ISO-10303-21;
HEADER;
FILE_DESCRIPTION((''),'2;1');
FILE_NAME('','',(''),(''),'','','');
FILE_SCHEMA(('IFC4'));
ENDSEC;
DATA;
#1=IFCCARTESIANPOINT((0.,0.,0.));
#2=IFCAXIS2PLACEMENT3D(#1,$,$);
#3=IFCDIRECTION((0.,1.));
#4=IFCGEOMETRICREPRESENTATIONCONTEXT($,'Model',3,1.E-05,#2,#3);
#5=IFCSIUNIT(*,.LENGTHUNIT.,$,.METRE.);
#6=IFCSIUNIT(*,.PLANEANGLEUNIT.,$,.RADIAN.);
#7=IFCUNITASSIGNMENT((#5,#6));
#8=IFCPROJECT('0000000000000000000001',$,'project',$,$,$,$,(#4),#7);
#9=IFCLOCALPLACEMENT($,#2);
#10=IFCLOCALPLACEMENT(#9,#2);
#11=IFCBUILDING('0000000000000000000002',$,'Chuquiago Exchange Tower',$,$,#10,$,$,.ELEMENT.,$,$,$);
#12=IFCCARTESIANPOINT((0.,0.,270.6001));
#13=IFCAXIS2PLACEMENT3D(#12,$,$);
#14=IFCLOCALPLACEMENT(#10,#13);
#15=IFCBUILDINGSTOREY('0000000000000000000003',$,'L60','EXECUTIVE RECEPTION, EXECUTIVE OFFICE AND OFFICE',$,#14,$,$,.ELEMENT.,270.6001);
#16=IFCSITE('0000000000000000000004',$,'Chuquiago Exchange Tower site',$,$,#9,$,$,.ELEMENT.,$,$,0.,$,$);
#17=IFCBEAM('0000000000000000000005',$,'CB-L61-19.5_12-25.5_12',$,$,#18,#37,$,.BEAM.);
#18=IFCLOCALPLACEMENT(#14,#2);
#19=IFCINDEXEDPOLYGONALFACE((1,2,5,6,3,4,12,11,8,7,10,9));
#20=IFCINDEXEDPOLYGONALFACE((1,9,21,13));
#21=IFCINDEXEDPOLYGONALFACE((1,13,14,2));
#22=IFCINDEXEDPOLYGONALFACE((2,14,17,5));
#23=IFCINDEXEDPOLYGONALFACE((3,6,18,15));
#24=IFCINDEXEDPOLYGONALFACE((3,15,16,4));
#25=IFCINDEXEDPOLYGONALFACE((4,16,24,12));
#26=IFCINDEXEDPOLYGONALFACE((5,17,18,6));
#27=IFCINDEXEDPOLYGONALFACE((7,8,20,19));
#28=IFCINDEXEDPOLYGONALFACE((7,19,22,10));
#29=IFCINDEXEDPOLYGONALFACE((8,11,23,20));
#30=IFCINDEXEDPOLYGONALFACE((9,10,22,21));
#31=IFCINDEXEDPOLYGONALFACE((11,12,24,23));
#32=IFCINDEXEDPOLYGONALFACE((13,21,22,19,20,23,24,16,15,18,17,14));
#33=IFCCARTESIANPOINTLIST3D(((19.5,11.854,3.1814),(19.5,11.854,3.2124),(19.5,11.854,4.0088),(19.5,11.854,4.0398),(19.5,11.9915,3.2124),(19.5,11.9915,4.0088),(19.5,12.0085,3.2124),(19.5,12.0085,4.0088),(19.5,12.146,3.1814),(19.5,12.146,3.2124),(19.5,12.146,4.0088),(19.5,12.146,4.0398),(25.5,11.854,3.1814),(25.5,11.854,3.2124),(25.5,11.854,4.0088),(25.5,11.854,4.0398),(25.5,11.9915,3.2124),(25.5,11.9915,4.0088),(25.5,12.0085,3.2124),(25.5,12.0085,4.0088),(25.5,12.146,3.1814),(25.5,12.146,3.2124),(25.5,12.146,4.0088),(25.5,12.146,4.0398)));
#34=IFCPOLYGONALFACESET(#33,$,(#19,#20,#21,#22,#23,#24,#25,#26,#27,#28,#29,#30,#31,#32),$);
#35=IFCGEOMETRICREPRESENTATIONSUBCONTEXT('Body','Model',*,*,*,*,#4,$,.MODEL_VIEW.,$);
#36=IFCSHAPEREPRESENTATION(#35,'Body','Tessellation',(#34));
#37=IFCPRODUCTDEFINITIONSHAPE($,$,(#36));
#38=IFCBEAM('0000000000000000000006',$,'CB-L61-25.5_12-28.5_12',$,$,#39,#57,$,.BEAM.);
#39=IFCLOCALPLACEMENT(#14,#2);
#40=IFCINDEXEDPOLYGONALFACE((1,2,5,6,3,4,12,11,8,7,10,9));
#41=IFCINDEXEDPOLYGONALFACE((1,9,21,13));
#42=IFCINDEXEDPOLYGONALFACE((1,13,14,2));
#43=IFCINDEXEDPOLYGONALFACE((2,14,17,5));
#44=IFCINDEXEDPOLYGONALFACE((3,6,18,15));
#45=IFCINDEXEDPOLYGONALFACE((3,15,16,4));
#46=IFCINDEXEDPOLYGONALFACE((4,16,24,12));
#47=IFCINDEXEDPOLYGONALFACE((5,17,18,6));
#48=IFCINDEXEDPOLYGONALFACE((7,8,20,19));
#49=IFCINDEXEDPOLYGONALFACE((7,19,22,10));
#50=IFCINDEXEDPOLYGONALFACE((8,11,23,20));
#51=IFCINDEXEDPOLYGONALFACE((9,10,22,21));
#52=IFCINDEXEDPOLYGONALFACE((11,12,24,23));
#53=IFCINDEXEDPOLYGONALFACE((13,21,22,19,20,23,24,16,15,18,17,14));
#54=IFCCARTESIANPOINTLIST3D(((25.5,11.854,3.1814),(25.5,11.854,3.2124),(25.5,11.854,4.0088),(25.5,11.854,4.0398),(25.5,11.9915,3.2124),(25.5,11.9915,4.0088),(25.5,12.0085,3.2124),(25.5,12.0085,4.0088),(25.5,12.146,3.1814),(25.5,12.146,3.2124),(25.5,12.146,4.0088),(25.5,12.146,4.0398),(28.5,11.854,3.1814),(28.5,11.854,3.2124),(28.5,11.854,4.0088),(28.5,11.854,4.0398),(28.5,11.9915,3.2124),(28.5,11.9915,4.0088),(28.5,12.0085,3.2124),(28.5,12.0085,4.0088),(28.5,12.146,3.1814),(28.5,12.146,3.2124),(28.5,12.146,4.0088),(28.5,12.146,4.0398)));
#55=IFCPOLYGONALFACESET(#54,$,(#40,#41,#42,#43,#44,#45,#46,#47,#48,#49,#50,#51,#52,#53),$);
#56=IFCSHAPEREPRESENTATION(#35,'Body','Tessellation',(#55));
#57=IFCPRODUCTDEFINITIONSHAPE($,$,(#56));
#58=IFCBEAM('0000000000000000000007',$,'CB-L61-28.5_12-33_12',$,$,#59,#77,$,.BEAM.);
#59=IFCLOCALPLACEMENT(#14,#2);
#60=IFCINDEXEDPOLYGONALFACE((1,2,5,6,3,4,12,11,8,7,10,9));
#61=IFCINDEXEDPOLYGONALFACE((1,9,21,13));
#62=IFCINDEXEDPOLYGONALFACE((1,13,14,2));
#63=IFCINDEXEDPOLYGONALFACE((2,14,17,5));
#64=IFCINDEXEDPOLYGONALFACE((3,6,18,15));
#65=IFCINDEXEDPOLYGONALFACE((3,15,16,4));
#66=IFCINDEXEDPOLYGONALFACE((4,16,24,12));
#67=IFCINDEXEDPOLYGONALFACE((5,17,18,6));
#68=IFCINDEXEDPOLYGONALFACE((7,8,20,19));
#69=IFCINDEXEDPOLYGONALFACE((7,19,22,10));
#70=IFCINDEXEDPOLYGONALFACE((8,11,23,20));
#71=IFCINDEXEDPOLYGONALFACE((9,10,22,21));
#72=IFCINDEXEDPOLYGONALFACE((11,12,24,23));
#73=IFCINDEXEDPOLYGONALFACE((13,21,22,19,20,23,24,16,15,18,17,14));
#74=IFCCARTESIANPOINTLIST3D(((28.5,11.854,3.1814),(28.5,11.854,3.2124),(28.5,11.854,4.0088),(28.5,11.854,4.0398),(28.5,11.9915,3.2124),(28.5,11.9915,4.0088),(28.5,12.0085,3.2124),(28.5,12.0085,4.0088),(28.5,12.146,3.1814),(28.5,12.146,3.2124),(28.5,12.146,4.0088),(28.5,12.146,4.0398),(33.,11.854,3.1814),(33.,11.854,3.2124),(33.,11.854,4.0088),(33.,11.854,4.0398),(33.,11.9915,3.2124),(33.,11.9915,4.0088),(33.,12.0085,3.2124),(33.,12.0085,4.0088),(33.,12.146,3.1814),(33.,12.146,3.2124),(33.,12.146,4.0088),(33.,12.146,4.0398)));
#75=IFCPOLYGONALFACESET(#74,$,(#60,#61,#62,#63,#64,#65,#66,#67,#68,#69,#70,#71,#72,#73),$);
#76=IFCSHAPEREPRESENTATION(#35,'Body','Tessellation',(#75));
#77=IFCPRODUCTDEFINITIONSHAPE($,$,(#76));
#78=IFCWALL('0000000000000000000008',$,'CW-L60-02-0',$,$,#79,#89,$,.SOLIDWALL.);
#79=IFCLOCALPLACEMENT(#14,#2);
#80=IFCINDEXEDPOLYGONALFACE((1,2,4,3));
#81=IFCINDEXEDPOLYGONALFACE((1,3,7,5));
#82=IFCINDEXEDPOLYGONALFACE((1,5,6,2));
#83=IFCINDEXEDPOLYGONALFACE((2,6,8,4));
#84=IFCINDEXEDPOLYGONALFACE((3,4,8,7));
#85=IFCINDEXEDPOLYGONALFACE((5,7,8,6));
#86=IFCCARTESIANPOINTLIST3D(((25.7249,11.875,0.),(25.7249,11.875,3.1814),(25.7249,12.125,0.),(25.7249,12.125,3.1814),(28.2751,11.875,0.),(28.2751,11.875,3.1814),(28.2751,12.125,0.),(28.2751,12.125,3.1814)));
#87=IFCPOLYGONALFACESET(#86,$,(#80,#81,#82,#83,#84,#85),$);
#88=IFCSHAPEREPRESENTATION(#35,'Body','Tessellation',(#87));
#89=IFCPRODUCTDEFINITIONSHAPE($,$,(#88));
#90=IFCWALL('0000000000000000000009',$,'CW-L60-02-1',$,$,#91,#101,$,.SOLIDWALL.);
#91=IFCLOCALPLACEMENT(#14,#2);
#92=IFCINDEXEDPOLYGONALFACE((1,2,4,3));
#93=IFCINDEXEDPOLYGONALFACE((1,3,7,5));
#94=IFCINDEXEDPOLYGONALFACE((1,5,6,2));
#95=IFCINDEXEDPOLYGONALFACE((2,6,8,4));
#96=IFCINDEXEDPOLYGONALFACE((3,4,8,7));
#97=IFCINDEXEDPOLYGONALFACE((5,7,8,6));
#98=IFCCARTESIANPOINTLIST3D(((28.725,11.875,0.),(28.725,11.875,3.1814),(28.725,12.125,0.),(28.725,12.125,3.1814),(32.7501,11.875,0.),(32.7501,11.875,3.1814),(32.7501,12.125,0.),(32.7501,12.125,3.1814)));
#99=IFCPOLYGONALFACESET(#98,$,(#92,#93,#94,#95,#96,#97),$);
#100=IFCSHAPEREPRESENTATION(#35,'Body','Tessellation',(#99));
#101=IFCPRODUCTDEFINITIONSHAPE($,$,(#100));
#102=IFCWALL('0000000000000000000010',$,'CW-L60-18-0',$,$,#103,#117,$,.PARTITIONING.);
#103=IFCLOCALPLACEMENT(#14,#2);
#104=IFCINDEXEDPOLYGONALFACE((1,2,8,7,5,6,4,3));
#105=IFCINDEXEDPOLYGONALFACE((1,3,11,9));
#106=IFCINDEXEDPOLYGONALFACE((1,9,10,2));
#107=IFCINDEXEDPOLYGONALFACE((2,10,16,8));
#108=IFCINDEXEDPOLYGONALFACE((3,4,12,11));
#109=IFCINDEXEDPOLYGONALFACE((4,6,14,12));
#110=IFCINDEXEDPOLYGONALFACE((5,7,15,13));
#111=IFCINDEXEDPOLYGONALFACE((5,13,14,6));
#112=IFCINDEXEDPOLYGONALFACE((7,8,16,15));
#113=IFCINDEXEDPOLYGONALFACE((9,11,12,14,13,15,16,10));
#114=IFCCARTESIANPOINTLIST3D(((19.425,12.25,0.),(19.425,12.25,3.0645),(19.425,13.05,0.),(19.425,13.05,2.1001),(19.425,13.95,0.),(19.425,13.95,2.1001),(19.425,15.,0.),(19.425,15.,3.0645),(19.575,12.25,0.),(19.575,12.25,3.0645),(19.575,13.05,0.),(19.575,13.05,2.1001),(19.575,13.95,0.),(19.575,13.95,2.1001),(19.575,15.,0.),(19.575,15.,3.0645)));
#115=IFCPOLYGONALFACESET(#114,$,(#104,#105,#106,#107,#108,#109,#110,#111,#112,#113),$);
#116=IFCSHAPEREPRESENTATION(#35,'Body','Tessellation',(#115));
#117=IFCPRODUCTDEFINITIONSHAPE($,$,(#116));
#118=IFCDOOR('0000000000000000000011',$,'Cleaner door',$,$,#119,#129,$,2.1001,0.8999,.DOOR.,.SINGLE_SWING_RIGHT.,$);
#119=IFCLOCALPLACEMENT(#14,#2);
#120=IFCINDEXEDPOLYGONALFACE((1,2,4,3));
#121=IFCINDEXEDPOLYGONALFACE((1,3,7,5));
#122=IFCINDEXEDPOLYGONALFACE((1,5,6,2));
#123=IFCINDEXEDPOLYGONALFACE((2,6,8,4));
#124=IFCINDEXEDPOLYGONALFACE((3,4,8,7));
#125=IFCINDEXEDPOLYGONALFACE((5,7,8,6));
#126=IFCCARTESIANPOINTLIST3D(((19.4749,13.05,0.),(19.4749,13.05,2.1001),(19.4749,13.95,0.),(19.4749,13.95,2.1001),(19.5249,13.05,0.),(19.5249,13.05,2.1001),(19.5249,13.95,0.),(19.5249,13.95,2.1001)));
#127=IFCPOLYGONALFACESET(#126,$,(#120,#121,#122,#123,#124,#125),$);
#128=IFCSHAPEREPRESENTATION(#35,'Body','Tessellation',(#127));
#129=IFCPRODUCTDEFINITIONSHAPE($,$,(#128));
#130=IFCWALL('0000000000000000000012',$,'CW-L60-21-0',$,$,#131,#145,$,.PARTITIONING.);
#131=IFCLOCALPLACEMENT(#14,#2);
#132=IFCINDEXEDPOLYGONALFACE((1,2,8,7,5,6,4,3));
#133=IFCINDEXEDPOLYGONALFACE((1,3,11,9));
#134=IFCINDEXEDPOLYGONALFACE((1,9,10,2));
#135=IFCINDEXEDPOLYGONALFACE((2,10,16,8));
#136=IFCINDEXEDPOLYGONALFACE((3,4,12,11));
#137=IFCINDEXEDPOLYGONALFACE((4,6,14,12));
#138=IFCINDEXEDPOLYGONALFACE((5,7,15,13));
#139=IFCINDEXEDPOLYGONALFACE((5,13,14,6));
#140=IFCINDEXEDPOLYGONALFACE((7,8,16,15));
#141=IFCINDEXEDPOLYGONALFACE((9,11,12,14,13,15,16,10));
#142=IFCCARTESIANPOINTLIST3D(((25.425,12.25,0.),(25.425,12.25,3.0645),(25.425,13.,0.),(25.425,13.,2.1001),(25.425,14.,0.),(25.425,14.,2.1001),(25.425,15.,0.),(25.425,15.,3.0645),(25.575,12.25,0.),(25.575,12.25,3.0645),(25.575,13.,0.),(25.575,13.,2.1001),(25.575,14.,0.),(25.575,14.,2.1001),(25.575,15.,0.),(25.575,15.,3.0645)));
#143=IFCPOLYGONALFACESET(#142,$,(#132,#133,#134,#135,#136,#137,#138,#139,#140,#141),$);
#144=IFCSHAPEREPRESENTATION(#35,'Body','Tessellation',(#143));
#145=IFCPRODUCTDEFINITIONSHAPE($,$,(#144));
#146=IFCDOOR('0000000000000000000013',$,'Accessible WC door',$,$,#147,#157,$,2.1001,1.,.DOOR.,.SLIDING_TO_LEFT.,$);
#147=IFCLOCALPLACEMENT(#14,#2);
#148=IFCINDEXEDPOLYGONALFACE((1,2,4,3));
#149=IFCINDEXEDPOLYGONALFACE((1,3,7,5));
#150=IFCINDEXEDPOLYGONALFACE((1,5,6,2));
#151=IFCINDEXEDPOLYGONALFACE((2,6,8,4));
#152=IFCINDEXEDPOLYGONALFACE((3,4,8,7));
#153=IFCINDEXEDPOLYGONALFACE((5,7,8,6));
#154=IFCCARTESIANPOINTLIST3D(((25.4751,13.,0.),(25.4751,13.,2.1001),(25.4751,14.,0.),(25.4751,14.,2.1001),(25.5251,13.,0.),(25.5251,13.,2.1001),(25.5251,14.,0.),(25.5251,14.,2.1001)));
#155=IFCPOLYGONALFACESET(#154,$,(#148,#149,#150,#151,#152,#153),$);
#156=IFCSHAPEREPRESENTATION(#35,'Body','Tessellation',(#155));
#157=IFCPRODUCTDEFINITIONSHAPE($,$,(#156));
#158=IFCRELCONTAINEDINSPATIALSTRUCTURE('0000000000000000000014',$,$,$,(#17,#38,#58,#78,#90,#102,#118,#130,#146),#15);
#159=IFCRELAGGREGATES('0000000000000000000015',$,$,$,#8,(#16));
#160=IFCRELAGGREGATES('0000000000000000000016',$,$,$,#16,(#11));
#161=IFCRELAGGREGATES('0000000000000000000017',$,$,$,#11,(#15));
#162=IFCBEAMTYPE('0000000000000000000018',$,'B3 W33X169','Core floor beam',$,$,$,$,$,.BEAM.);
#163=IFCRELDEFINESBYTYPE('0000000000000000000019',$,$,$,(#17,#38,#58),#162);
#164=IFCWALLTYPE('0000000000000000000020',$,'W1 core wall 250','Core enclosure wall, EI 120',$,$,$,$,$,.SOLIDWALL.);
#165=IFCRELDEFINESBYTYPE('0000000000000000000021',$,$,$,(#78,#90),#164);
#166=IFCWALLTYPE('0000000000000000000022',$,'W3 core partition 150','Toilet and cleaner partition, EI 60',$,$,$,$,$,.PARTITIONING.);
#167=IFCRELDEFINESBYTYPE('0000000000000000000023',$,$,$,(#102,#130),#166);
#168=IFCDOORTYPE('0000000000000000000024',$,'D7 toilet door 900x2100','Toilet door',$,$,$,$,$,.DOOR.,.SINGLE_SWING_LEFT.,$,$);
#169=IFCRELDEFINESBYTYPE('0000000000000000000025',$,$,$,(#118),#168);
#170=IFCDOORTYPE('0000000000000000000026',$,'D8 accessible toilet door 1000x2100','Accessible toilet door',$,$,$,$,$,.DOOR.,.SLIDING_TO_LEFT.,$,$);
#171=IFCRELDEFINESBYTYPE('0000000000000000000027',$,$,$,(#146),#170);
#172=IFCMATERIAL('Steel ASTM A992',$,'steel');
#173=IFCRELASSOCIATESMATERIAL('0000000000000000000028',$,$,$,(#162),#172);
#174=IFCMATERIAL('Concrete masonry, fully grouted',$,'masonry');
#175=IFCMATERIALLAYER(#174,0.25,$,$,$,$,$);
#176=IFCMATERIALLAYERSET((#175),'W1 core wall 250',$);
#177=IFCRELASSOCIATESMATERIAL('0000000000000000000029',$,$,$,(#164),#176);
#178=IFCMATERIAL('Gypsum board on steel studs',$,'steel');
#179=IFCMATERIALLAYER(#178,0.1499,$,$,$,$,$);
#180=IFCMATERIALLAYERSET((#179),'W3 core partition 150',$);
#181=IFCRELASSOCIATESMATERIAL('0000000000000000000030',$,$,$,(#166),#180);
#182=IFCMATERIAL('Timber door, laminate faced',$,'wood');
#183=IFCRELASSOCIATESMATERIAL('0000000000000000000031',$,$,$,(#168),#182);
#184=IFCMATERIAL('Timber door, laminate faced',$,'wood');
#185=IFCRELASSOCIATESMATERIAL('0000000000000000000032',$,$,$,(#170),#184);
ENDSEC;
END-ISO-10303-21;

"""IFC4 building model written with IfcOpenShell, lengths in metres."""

from ifc_helpers import new_model, si_unit, direction, frame, frame_2d, origin, origin_2d, place, context, subcontext, project, spatial, rectangle, i_section, extrude, material, layer, layer_set, material_profile, profile_set, type_object, element, fill, save


model = new_model("IFC4")

# Units and contexts
model_context = context("Model", 3, precision=1e-05, world=origin(), true_north=direction((0.0, 1.0)))
body_context = subcontext(model_context, "Body", "Model", "MODEL_VIEW")
ifc_project = project(units=[si_unit("LENGTHUNIT", "METRE"), si_unit("PLANEANGLEUNIT", "RADIAN")], contexts=[model_context])

# Site, building, storey
site_placement = place(None, origin())
site = spatial("IfcSite", under=ifc_project, at=site_placement, Name="Chuquiago Exchange Tower site", CompositionType="ELEMENT", RefElevation=0.0)
building_placement = place(site_placement, origin())
building = spatial("IfcBuilding", under=site, at=building_placement, Name="Chuquiago Exchange Tower", CompositionType="ELEMENT")
storey_placement = place(building_placement, frame((0.0, 0.0, 270.6001)))
storey = spatial("IfcBuildingStorey", under=building, at=storey_placement, Name="L60", Description="EXECUTIVE RECEPTION, EXECUTIVE OFFICE AND OFFICE", CompositionType="ELEMENT", Elevation=270.6001)

# Beams
ifc_material_1 = material(Name="Steel ASTM A992", Category="steel")
ifc_material_profile_1 = material_profile(ifc_material_1, i_section(OverallWidth=0.292, OverallDepth=0.8584, WebThickness=0.0171, FlangeThickness=0.031, at=origin_2d()), Name="W33X169")
ifc_profile_set_1 = profile_set([ifc_material_profile_1], Name="Steel ASTM A992")
beam_type_1 = type_object("IfcBeamType", Name="B3 W33X169", Description="Core floor beam", PredefinedType="BEAM", material=ifc_profile_set_1)
beam_1_placement = place(storey_placement, frame((19.5, 12.0, 3.6106), z_axis=(1.0, 0.0, 0.0), x_axis=(0.0, 1.0, 0.0)))
element("IfcBeam", 1, at=beam_1_placement, inside=storey, type_object=beam_type_1, Name="CB-L61-19.5_12-25.5_12", PredefinedType="BEAM", context=body_context, shape_type="SweptSolid", body=[
    extrude(i_section(OverallWidth=0.292, OverallDepth=0.8584, WebThickness=0.0171, FlangeThickness=0.031, at=origin_2d()), origin(), (0.0, 0.0, 1.0), 6.0),
])
beam_2_placement = place(storey_placement, frame((25.5, 12.0, 3.6106), z_axis=(1.0, 0.0, 0.0), x_axis=(0.0, 1.0, 0.0)))
element("IfcBeam", 2, at=beam_2_placement, inside=storey, type_object=beam_type_1, Name="CB-L61-25.5_12-28.5_12", PredefinedType="BEAM", context=body_context, shape_type="SweptSolid", body=[
    extrude(i_section(OverallWidth=0.292, OverallDepth=0.8584, WebThickness=0.0171, FlangeThickness=0.031, at=origin_2d()), origin(), (0.0, 0.0, 1.0), 3.0),
])
beam_3_placement = place(storey_placement, frame((28.5, 12.0, 3.6106), z_axis=(1.0, 0.0, 0.0), x_axis=(0.0, 1.0, 0.0)))
element("IfcBeam", 3, at=beam_3_placement, inside=storey, type_object=beam_type_1, Name="CB-L61-28.5_12-33_12", PredefinedType="BEAM", context=body_context, shape_type="SweptSolid", body=[
    extrude(i_section(OverallWidth=0.292, OverallDepth=0.8584, WebThickness=0.0171, FlangeThickness=0.031, at=origin_2d()), origin(), (0.0, 0.0, 1.0), 4.5),
])

# Walls
ifc_material_2 = material(Name="Concrete masonry, fully grouted", Category="masonry")
ifc_layer_1 = layer(ifc_material_2, 0.25)
ifc_layer_set_1 = layer_set([ifc_layer_1], Name="W1 core wall 250")
wall_type_1 = type_object("IfcWallType", Name="W1 core wall 250", Description="Core enclosure wall, EI 120", PredefinedType="SOLIDWALL", material=ifc_layer_set_1)
wall_1_placement = place(storey_placement, frame((25.7249, 12.0, 0.0), z_axis=(0.0, 0.0, 1.0), x_axis=(1.0, 0.0, 0.0)))
element("IfcWall", 4, at=wall_1_placement, inside=storey, type_object=wall_type_1, Name="CW-L60-02-0", PredefinedType="SOLIDWALL", context=body_context, shape_type="SweptSolid", body=[
    extrude(rectangle(XDim=2.5503, YDim=0.25, at=frame_2d((1.2751, 0.0))), origin(), (0.0, 0.0, 1.0), 3.1814),
])
wall_2_placement = place(storey_placement, frame((28.7249, 12.0, 0.0), z_axis=(0.0, 0.0, 1.0), x_axis=(1.0, 0.0, 0.0)))
element("IfcWall", 5, at=wall_2_placement, inside=storey, type_object=wall_type_1, Name="CW-L60-02-1", PredefinedType="SOLIDWALL", context=body_context, shape_type="SweptSolid", body=[
    extrude(rectangle(XDim=4.0251, YDim=0.25, at=frame_2d((2.0127, 0.0))), origin(), (0.0, 0.0, 1.0), 3.1814),
])

# Walls, openings, doors
ifc_material_3 = material(Name="Gypsum board on steel studs", Category="steel")
ifc_layer_2 = layer(ifc_material_3, 0.1499)
ifc_layer_set_2 = layer_set([ifc_layer_2], Name="W3 core partition 150")
wall_type_2 = type_object("IfcWallType", Name="W3 core partition 150", Description="Toilet and cleaner partition, EI 60", PredefinedType="PARTITIONING", material=ifc_layer_set_2)
wall_3_placement = place(storey_placement, frame((19.5, 12.25, 0.0), z_axis=(0.0, 0.0, 1.0), x_axis=(0.0, 1.0, 0.0)))
wall_3 = element("IfcWall", 6, at=wall_3_placement, inside=storey, type_object=wall_type_2, Name="CW-L60-18-0", PredefinedType="PARTITIONING", context=body_context, shape_type="SweptSolid", body=[
    extrude(rectangle(XDim=2.75, YDim=0.1499, at=frame_2d((1.375, 0.0))), origin(), (0.0, 0.0, 1.0), 3.0645),
])
opening_1_placement = place(wall_3_placement, frame((0.8, 0.0, 0.0)))
opening_1 = element("IfcOpeningElement", 7, at=opening_1_placement, cuts=wall_3, PredefinedType="OPENING", context=body_context, shape_type="SweptSolid", body=[
    extrude(rectangle(XDim=0.8999, YDim=2.1001, at=frame_2d((0.45, 1.05))), frame((0.0, 0.085, 0.0), z_axis=(0.0, -1.0, 0.0), x_axis=(1.0, 0.0, 0.0)), (0.0, 0.0, 1.0), 0.1699),
])
ifc_material_4 = material(Name="Timber door, laminate faced", Category="wood")
door_type_1 = type_object("IfcDoorType", Name="D7 toilet door 900x2100", Description="Toilet door", OperationType="SINGLE_SWING_LEFT", PredefinedType="DOOR", material=ifc_material_4)
door_1_placement = place(opening_1_placement, frame((0.8999, 0.0, 0.0), z_axis=(0.0, 0.0, 1.0), x_axis=(-1.0, 0.0, 0.0)))
door_1 = element("IfcDoor", 8, at=door_1_placement, inside=storey, type_object=door_type_1, Name="Cleaner door", OperationType="SINGLE_SWING_RIGHT", OverallHeight=2.1001, OverallWidth=0.8999, PredefinedType="DOOR", context=body_context, shape_type="SweptSolid", body=[
    extrude(rectangle(XDim=0.8999, YDim=2.1001, at=frame_2d((0.45, 1.05))), frame((0.0, 0.0249, 0.0), z_axis=(0.0, -1.0, 0.0), x_axis=(1.0, 0.0, 0.0)), (0.0, 0.0, 1.0), 0.05),
])
fill(opening_1, door_1)
wall_4_placement = place(storey_placement, frame((25.5, 12.25, 0.0), z_axis=(0.0, 0.0, 1.0), x_axis=(0.0, 1.0, 0.0)))
wall_4 = element("IfcWall", 9, at=wall_4_placement, inside=storey, type_object=wall_type_2, Name="CW-L60-21-0", PredefinedType="PARTITIONING", context=body_context, shape_type="SweptSolid", body=[
    extrude(rectangle(XDim=2.75, YDim=0.1499, at=frame_2d((1.375, 0.0))), origin(), (0.0, 0.0, 1.0), 3.0645),
])
opening_2_placement = place(wall_4_placement, frame((0.75, 0.0, 0.0)))
opening_2 = element("IfcOpeningElement", 10, at=opening_2_placement, cuts=wall_4, PredefinedType="OPENING", context=body_context, shape_type="SweptSolid", body=[
    extrude(rectangle(XDim=1.0, YDim=2.1001, at=frame_2d((0.5, 1.05))), frame((0.0, 0.085, 0.0), z_axis=(0.0, -1.0, 0.0), x_axis=(1.0, 0.0, 0.0)), (0.0, 0.0, 1.0), 0.1699),
])
ifc_material_5 = material(Name="Timber door, laminate faced", Category="wood")
door_type_2 = type_object("IfcDoorType", Name="D8 accessible toilet door 1000x2100", Description="Accessible toilet door", OperationType="SLIDING_TO_LEFT", PredefinedType="DOOR", material=ifc_material_5)
door_2_placement = place(opening_2_placement, origin())
door_2 = element("IfcDoor", 11, at=door_2_placement, inside=storey, type_object=door_type_2, Name="Accessible WC door", OperationType="SLIDING_TO_LEFT", OverallHeight=2.1001, OverallWidth=1.0, PredefinedType="DOOR", context=body_context, shape_type="SweptSolid", body=[
    extrude(rectangle(XDim=1.0, YDim=2.1001, at=frame_2d((0.5, 1.05))), frame((0.0, 0.0249, 0.0), z_axis=(0.0, -1.0, 0.0), x_axis=(1.0, 0.0, 0.0)), (0.0, 0.0, 1.0), 0.05),
])
fill(opening_2, door_2)

save(model, "model.ifc")
